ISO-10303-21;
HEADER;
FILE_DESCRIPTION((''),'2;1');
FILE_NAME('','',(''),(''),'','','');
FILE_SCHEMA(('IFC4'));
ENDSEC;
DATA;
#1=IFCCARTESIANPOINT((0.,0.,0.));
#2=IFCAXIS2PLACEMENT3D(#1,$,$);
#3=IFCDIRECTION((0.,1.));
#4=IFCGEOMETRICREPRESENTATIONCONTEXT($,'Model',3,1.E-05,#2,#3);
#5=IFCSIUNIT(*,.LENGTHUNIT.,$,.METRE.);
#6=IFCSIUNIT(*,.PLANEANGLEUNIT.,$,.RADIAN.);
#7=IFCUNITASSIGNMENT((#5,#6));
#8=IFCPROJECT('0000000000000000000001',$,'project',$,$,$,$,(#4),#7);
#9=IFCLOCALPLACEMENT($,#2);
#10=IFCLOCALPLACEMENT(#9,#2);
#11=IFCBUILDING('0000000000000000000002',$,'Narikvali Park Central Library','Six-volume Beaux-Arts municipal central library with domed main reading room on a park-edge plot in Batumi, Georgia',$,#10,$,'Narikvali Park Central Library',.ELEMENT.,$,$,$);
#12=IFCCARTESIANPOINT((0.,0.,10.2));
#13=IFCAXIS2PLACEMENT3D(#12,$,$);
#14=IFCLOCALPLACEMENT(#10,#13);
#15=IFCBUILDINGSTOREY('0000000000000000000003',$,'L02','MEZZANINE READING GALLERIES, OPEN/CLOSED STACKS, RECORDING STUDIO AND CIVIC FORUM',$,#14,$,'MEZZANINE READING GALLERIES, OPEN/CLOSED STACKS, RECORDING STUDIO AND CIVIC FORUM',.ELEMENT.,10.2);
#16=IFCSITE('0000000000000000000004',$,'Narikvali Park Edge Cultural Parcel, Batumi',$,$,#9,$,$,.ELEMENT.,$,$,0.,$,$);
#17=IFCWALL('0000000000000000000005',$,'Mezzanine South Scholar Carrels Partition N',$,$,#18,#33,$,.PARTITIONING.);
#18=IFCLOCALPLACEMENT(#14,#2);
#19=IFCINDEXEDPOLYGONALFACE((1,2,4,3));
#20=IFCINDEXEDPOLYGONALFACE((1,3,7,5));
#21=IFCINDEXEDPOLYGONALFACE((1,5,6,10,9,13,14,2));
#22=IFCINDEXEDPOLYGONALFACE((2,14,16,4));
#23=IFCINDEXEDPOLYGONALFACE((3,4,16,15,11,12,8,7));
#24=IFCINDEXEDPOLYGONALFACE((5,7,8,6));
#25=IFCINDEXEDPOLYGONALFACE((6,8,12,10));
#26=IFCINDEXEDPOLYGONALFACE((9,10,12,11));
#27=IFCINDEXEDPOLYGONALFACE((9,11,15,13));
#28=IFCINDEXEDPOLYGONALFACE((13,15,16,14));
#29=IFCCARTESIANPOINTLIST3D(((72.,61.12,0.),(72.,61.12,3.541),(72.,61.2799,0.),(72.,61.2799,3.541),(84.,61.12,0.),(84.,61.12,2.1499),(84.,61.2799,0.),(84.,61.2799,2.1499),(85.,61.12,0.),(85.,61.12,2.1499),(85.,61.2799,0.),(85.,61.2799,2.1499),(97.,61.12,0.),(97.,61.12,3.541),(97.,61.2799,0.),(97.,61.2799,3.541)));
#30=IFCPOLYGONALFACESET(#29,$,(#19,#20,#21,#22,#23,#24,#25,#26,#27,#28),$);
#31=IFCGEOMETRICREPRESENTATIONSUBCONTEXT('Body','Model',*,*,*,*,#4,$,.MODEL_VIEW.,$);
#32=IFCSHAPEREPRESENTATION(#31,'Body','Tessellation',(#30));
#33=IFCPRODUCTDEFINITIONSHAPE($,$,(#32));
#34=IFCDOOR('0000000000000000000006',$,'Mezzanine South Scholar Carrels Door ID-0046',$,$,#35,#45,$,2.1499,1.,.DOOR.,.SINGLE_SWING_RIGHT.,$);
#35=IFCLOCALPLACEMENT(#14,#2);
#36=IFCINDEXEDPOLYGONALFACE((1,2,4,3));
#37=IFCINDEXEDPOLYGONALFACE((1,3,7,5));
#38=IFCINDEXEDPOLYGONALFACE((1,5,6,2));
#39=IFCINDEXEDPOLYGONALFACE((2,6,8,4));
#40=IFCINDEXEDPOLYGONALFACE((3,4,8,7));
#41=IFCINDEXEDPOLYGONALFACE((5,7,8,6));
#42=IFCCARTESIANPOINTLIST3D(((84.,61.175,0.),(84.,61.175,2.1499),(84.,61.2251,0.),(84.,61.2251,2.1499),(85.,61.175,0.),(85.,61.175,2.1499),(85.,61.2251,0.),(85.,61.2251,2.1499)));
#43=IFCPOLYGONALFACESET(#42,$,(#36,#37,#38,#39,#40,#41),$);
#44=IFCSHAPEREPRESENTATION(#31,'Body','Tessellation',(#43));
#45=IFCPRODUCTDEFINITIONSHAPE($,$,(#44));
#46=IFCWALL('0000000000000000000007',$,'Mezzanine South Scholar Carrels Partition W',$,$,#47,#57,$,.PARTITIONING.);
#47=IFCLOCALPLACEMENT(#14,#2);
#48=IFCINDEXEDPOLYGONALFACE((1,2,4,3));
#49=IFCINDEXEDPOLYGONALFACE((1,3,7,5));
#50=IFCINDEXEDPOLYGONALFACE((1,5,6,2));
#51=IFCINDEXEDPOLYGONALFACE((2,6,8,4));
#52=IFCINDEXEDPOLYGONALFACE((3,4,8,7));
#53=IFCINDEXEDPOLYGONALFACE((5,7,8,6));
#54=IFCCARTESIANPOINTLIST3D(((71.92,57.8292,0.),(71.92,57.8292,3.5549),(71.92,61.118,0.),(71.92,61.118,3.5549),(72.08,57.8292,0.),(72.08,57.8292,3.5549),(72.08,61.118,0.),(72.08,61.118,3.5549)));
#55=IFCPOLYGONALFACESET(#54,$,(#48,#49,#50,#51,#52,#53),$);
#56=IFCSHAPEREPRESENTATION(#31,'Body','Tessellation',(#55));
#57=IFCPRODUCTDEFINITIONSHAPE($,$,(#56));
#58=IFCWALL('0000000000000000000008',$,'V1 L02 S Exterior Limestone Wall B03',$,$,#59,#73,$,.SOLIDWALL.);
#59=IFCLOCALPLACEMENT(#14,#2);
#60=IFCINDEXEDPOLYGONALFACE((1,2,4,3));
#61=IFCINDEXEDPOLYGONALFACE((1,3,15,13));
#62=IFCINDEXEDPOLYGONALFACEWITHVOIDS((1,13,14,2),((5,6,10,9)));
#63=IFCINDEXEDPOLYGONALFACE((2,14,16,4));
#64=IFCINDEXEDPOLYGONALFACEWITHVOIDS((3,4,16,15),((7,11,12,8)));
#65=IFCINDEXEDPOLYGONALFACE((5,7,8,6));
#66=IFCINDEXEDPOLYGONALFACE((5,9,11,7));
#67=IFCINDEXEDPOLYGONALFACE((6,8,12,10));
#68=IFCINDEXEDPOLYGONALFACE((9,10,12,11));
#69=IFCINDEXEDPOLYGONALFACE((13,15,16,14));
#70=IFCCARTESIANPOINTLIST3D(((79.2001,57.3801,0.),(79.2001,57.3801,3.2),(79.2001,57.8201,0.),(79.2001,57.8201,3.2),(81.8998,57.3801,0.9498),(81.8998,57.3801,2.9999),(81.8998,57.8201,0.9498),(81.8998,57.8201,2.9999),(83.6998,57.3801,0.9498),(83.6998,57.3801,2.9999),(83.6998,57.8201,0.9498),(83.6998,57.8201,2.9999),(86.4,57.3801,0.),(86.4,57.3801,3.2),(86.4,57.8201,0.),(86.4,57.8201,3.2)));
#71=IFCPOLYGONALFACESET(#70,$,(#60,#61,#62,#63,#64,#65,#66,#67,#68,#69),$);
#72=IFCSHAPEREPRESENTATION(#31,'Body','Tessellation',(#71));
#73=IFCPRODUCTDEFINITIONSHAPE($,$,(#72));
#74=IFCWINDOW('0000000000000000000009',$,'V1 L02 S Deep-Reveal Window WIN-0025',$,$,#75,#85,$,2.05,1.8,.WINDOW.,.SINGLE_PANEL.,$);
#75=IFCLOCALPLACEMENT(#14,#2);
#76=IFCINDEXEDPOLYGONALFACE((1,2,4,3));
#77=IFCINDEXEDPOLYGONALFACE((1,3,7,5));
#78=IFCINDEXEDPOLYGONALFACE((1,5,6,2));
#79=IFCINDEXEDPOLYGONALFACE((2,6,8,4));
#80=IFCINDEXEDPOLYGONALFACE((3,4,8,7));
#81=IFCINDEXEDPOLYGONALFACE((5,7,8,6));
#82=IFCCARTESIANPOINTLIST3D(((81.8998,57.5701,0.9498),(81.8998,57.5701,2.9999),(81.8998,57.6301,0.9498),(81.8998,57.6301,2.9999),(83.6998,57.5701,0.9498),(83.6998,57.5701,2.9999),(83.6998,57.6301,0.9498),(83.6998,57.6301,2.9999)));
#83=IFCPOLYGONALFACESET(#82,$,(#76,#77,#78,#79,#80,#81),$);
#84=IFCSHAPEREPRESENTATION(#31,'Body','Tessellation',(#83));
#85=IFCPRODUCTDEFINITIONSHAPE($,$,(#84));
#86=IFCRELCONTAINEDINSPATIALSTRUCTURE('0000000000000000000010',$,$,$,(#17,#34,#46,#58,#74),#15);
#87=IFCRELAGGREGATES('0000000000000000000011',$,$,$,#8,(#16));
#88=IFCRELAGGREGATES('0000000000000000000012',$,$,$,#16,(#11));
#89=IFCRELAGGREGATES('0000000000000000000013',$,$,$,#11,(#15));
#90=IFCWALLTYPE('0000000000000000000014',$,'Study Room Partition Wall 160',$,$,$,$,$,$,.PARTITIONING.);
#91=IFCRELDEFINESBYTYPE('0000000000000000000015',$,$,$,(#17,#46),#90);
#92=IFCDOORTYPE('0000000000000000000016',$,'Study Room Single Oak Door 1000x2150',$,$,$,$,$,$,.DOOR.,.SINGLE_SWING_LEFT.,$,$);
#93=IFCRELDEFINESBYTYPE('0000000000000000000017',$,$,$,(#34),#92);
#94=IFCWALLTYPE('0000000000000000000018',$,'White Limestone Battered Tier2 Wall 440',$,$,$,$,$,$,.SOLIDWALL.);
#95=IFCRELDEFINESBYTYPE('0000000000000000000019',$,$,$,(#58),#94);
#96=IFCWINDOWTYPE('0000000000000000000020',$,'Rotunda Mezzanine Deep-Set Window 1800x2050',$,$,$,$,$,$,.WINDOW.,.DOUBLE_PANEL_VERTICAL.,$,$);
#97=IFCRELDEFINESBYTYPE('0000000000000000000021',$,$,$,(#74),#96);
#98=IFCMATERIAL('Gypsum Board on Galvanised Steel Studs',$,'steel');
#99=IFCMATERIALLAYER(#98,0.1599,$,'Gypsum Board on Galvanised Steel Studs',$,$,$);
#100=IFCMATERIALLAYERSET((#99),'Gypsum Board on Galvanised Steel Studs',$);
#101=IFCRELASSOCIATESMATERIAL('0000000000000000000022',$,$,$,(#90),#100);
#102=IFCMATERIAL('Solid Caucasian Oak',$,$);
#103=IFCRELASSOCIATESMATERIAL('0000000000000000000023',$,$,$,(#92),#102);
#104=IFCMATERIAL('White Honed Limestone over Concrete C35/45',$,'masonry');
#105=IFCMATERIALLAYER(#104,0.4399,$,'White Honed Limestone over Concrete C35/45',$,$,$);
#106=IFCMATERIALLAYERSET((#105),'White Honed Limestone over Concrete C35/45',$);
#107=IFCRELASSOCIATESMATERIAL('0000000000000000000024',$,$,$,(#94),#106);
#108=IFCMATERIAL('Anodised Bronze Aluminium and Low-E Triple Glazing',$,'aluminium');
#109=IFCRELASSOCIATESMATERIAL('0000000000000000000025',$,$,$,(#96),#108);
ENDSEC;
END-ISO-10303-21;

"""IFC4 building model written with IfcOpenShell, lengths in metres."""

from ifc_helpers import new_model, si_unit, direction, frame, frame_2d, origin, place, context, subcontext, project, spatial, rectangle, extrude, material, layer, layer_set, type_object, element, fill, save


model = new_model("IFC4")

# Units and contexts
model_context = context("Model", 3, precision=1e-05, world=origin(), true_north=direction((0.0, 1.0)))
body_context = subcontext(model_context, "Body", "Model", "MODEL_VIEW")
ifc_project = project(units=[si_unit("LENGTHUNIT", "METRE"), si_unit("PLANEANGLEUNIT", "RADIAN")], contexts=[model_context])

# Site, building, storey
site_placement = place(None, origin())
site = spatial("IfcSite", under=ifc_project, at=site_placement, Name="Narikvali Park Edge Cultural Parcel, Batumi", CompositionType="ELEMENT", RefElevation=0.0)
building_placement = place(site_placement, origin())
building = spatial("IfcBuilding", under=site, at=building_placement, Name="Narikvali Park Central Library", Description="Six-volume Beaux-Arts municipal central library with domed main reading room on a park-edge plot in Batumi, Georgia", LongName="Narikvali Park Central Library", CompositionType="ELEMENT")
storey_placement = place(building_placement, frame((0.0, 0.0, 10.2)))
storey = spatial("IfcBuildingStorey", under=building, at=storey_placement, Name="L02", Description="MEZZANINE READING GALLERIES, OPEN/CLOSED STACKS, RECORDING STUDIO AND CIVIC FORUM", LongName="MEZZANINE READING GALLERIES, OPEN/CLOSED STACKS, RECORDING STUDIO AND CIVIC FORUM", CompositionType="ELEMENT", Elevation=10.2)

# Wall, opening, door
ifc_material_1 = material(Name="Gypsum Board on Galvanised Steel Studs", Category="steel")
ifc_layer_1 = layer(ifc_material_1, 0.1599, Name="Gypsum Board on Galvanised Steel Studs")
ifc_layer_set_1 = layer_set([ifc_layer_1], Name="Gypsum Board on Galvanised Steel Studs")
wall_type_1 = type_object("IfcWallType", Name="Study Room Partition Wall 160", PredefinedType="PARTITIONING", material=ifc_layer_set_1)
wall_1_placement = place(storey_placement, frame((72.0, 61.2, 0.0), z_axis=(0.0, 0.0, 1.0), x_axis=(1.0, 0.0, 0.0)))
wall_1 = element("IfcWall", 1, at=wall_1_placement, inside=storey, type_object=wall_type_1, Name="Mezzanine South Scholar Carrels Partition N", PredefinedType="PARTITIONING", context=body_context, shape_type="SweptSolid", body=[
    extrude(rectangle(XDim=25.0, YDim=0.1599, at=frame_2d((12.5, 0.0))), origin(), (0.0, 0.0, 1.0), 3.541),
])
opening_1_placement = place(wall_1_placement, frame((12.0, 0.0, 0.0)))
opening_1 = element("IfcOpeningElement", 2, at=opening_1_placement, cuts=wall_1, PredefinedType="OPENING", context=body_context, shape_type="SweptSolid", body=[
    extrude(rectangle(XDim=1.0, YDim=2.1499, at=frame_2d((0.5, 1.075))), frame((0.0, 0.0918, 0.0), z_axis=(0.0, -1.0, 0.0), x_axis=(1.0, 0.0, 0.0)), (0.0, 0.0, 1.0), 0.1838),
])
ifc_material_2 = material(Name="Solid Caucasian Oak")
door_type = type_object("IfcDoorType", Name="Study Room Single Oak Door 1000x2150", OperationType="SINGLE_SWING_LEFT", PredefinedType="DOOR", material=ifc_material_2)
door_placement = place(opening_1_placement, frame((1.0, 0.0, 0.0), z_axis=(0.0, 0.0, 1.0), x_axis=(-1.0, 0.0, 0.0)))
door = element("IfcDoor", 3, at=door_placement, inside=storey, type_object=door_type, Name="Mezzanine South Scholar Carrels Door ID-0046", OperationType="SINGLE_SWING_RIGHT", OverallHeight=2.1499, OverallWidth=1.0, PredefinedType="DOOR", context=body_context, shape_type="SweptSolid", body=[
    extrude(rectangle(XDim=1.0, YDim=2.1499, at=frame_2d((0.5, 1.075))), frame((0.0, 0.0249, 0.0), z_axis=(0.0, -1.0, 0.0), x_axis=(1.0, 0.0, 0.0)), (0.0, 0.0, 1.0), 0.05),
])
fill(opening_1, door)

# Wall
wall_2_placement = place(storey_placement, frame((72.0, 57.8291, 0.0), z_axis=(0.0, 0.0, 1.0), x_axis=(0.0, 1.0, 0.0)))
element("IfcWall", 4, at=wall_2_placement, inside=storey, type_object=wall_type_1, Name="Mezzanine South Scholar Carrels Partition W", PredefinedType="PARTITIONING", context=body_context, shape_type="SweptSolid", body=[
    extrude(rectangle(XDim=3.2888, YDim=0.1599, at=frame_2d((1.6445, 0.0))), origin(), (0.0, 0.0, 1.0), 3.5549),
])

# Wall, opening, window
ifc_material_3 = material(Name="White Honed Limestone over Concrete C35/45", Category="masonry")
ifc_layer_2 = layer(ifc_material_3, 0.4399, Name="White Honed Limestone over Concrete C35/45")
ifc_layer_set_2 = layer_set([ifc_layer_2], Name="White Honed Limestone over Concrete C35/45")
wall_type_2 = type_object("IfcWallType", Name="White Limestone Battered Tier2 Wall 440", PredefinedType="SOLIDWALL", material=ifc_layer_set_2)
wall_3_placement = place(storey_placement, frame((79.2, 57.6001, 0.0), z_axis=(0.0, 0.0, 1.0), x_axis=(1.0, 0.0, 0.0)))
wall_3 = element("IfcWall", 5, at=wall_3_placement, inside=storey, type_object=wall_type_2, Name="V1 L02 S Exterior Limestone Wall B03", PredefinedType="SOLIDWALL", context=body_context, shape_type="SweptSolid", body=[
    extrude(rectangle(XDim=7.2, YDim=0.4399, at=frame_2d((3.6001, 0.0))), origin(), (0.0, 0.0, 1.0), 3.2),
])
opening_2_placement = place(wall_3_placement, frame((2.7, 0.0, 0.95)))
opening_2 = element("IfcOpeningElement", 6, at=opening_2_placement, cuts=wall_3, PredefinedType="OPENING", context=body_context, shape_type="SweptSolid", body=[
    extrude(rectangle(XDim=1.8, YDim=2.05, at=frame_2d((0.8999, 1.0249))), frame((0.0, 0.2319, 0.0), z_axis=(0.0, -1.0, 0.0), x_axis=(1.0, 0.0, 0.0)), (0.0, 0.0, 1.0), 0.4639),
])
ifc_material_4 = material(Name="Anodised Bronze Aluminium and Low-E Triple Glazing", Category="aluminium")
window_type = type_object("IfcWindowType", Name="Rotunda Mezzanine Deep-Set Window 1800x2050", PartitioningType="DOUBLE_PANEL_VERTICAL", PredefinedType="WINDOW", material=ifc_material_4)
window_placement = place(opening_2_placement, origin())
window = element("IfcWindow", 7, at=window_placement, inside=storey, type_object=window_type, Name="V1 L02 S Deep-Reveal Window WIN-0025", OverallHeight=2.05, OverallWidth=1.8, PartitioningType="SINGLE_PANEL", PredefinedType="WINDOW", context=body_context, shape_type="SweptSolid", body=[
    extrude(rectangle(XDim=1.8, YDim=2.05, at=frame_2d((0.8999, 1.0249))), frame((0.0, 0.03, 0.0), z_axis=(0.0, -1.0, 0.0), x_axis=(1.0, 0.0, 0.0)), (0.0, 0.0, 1.0), 0.0601),
])
fill(opening_2, window)

save(model, "model.ifc")
